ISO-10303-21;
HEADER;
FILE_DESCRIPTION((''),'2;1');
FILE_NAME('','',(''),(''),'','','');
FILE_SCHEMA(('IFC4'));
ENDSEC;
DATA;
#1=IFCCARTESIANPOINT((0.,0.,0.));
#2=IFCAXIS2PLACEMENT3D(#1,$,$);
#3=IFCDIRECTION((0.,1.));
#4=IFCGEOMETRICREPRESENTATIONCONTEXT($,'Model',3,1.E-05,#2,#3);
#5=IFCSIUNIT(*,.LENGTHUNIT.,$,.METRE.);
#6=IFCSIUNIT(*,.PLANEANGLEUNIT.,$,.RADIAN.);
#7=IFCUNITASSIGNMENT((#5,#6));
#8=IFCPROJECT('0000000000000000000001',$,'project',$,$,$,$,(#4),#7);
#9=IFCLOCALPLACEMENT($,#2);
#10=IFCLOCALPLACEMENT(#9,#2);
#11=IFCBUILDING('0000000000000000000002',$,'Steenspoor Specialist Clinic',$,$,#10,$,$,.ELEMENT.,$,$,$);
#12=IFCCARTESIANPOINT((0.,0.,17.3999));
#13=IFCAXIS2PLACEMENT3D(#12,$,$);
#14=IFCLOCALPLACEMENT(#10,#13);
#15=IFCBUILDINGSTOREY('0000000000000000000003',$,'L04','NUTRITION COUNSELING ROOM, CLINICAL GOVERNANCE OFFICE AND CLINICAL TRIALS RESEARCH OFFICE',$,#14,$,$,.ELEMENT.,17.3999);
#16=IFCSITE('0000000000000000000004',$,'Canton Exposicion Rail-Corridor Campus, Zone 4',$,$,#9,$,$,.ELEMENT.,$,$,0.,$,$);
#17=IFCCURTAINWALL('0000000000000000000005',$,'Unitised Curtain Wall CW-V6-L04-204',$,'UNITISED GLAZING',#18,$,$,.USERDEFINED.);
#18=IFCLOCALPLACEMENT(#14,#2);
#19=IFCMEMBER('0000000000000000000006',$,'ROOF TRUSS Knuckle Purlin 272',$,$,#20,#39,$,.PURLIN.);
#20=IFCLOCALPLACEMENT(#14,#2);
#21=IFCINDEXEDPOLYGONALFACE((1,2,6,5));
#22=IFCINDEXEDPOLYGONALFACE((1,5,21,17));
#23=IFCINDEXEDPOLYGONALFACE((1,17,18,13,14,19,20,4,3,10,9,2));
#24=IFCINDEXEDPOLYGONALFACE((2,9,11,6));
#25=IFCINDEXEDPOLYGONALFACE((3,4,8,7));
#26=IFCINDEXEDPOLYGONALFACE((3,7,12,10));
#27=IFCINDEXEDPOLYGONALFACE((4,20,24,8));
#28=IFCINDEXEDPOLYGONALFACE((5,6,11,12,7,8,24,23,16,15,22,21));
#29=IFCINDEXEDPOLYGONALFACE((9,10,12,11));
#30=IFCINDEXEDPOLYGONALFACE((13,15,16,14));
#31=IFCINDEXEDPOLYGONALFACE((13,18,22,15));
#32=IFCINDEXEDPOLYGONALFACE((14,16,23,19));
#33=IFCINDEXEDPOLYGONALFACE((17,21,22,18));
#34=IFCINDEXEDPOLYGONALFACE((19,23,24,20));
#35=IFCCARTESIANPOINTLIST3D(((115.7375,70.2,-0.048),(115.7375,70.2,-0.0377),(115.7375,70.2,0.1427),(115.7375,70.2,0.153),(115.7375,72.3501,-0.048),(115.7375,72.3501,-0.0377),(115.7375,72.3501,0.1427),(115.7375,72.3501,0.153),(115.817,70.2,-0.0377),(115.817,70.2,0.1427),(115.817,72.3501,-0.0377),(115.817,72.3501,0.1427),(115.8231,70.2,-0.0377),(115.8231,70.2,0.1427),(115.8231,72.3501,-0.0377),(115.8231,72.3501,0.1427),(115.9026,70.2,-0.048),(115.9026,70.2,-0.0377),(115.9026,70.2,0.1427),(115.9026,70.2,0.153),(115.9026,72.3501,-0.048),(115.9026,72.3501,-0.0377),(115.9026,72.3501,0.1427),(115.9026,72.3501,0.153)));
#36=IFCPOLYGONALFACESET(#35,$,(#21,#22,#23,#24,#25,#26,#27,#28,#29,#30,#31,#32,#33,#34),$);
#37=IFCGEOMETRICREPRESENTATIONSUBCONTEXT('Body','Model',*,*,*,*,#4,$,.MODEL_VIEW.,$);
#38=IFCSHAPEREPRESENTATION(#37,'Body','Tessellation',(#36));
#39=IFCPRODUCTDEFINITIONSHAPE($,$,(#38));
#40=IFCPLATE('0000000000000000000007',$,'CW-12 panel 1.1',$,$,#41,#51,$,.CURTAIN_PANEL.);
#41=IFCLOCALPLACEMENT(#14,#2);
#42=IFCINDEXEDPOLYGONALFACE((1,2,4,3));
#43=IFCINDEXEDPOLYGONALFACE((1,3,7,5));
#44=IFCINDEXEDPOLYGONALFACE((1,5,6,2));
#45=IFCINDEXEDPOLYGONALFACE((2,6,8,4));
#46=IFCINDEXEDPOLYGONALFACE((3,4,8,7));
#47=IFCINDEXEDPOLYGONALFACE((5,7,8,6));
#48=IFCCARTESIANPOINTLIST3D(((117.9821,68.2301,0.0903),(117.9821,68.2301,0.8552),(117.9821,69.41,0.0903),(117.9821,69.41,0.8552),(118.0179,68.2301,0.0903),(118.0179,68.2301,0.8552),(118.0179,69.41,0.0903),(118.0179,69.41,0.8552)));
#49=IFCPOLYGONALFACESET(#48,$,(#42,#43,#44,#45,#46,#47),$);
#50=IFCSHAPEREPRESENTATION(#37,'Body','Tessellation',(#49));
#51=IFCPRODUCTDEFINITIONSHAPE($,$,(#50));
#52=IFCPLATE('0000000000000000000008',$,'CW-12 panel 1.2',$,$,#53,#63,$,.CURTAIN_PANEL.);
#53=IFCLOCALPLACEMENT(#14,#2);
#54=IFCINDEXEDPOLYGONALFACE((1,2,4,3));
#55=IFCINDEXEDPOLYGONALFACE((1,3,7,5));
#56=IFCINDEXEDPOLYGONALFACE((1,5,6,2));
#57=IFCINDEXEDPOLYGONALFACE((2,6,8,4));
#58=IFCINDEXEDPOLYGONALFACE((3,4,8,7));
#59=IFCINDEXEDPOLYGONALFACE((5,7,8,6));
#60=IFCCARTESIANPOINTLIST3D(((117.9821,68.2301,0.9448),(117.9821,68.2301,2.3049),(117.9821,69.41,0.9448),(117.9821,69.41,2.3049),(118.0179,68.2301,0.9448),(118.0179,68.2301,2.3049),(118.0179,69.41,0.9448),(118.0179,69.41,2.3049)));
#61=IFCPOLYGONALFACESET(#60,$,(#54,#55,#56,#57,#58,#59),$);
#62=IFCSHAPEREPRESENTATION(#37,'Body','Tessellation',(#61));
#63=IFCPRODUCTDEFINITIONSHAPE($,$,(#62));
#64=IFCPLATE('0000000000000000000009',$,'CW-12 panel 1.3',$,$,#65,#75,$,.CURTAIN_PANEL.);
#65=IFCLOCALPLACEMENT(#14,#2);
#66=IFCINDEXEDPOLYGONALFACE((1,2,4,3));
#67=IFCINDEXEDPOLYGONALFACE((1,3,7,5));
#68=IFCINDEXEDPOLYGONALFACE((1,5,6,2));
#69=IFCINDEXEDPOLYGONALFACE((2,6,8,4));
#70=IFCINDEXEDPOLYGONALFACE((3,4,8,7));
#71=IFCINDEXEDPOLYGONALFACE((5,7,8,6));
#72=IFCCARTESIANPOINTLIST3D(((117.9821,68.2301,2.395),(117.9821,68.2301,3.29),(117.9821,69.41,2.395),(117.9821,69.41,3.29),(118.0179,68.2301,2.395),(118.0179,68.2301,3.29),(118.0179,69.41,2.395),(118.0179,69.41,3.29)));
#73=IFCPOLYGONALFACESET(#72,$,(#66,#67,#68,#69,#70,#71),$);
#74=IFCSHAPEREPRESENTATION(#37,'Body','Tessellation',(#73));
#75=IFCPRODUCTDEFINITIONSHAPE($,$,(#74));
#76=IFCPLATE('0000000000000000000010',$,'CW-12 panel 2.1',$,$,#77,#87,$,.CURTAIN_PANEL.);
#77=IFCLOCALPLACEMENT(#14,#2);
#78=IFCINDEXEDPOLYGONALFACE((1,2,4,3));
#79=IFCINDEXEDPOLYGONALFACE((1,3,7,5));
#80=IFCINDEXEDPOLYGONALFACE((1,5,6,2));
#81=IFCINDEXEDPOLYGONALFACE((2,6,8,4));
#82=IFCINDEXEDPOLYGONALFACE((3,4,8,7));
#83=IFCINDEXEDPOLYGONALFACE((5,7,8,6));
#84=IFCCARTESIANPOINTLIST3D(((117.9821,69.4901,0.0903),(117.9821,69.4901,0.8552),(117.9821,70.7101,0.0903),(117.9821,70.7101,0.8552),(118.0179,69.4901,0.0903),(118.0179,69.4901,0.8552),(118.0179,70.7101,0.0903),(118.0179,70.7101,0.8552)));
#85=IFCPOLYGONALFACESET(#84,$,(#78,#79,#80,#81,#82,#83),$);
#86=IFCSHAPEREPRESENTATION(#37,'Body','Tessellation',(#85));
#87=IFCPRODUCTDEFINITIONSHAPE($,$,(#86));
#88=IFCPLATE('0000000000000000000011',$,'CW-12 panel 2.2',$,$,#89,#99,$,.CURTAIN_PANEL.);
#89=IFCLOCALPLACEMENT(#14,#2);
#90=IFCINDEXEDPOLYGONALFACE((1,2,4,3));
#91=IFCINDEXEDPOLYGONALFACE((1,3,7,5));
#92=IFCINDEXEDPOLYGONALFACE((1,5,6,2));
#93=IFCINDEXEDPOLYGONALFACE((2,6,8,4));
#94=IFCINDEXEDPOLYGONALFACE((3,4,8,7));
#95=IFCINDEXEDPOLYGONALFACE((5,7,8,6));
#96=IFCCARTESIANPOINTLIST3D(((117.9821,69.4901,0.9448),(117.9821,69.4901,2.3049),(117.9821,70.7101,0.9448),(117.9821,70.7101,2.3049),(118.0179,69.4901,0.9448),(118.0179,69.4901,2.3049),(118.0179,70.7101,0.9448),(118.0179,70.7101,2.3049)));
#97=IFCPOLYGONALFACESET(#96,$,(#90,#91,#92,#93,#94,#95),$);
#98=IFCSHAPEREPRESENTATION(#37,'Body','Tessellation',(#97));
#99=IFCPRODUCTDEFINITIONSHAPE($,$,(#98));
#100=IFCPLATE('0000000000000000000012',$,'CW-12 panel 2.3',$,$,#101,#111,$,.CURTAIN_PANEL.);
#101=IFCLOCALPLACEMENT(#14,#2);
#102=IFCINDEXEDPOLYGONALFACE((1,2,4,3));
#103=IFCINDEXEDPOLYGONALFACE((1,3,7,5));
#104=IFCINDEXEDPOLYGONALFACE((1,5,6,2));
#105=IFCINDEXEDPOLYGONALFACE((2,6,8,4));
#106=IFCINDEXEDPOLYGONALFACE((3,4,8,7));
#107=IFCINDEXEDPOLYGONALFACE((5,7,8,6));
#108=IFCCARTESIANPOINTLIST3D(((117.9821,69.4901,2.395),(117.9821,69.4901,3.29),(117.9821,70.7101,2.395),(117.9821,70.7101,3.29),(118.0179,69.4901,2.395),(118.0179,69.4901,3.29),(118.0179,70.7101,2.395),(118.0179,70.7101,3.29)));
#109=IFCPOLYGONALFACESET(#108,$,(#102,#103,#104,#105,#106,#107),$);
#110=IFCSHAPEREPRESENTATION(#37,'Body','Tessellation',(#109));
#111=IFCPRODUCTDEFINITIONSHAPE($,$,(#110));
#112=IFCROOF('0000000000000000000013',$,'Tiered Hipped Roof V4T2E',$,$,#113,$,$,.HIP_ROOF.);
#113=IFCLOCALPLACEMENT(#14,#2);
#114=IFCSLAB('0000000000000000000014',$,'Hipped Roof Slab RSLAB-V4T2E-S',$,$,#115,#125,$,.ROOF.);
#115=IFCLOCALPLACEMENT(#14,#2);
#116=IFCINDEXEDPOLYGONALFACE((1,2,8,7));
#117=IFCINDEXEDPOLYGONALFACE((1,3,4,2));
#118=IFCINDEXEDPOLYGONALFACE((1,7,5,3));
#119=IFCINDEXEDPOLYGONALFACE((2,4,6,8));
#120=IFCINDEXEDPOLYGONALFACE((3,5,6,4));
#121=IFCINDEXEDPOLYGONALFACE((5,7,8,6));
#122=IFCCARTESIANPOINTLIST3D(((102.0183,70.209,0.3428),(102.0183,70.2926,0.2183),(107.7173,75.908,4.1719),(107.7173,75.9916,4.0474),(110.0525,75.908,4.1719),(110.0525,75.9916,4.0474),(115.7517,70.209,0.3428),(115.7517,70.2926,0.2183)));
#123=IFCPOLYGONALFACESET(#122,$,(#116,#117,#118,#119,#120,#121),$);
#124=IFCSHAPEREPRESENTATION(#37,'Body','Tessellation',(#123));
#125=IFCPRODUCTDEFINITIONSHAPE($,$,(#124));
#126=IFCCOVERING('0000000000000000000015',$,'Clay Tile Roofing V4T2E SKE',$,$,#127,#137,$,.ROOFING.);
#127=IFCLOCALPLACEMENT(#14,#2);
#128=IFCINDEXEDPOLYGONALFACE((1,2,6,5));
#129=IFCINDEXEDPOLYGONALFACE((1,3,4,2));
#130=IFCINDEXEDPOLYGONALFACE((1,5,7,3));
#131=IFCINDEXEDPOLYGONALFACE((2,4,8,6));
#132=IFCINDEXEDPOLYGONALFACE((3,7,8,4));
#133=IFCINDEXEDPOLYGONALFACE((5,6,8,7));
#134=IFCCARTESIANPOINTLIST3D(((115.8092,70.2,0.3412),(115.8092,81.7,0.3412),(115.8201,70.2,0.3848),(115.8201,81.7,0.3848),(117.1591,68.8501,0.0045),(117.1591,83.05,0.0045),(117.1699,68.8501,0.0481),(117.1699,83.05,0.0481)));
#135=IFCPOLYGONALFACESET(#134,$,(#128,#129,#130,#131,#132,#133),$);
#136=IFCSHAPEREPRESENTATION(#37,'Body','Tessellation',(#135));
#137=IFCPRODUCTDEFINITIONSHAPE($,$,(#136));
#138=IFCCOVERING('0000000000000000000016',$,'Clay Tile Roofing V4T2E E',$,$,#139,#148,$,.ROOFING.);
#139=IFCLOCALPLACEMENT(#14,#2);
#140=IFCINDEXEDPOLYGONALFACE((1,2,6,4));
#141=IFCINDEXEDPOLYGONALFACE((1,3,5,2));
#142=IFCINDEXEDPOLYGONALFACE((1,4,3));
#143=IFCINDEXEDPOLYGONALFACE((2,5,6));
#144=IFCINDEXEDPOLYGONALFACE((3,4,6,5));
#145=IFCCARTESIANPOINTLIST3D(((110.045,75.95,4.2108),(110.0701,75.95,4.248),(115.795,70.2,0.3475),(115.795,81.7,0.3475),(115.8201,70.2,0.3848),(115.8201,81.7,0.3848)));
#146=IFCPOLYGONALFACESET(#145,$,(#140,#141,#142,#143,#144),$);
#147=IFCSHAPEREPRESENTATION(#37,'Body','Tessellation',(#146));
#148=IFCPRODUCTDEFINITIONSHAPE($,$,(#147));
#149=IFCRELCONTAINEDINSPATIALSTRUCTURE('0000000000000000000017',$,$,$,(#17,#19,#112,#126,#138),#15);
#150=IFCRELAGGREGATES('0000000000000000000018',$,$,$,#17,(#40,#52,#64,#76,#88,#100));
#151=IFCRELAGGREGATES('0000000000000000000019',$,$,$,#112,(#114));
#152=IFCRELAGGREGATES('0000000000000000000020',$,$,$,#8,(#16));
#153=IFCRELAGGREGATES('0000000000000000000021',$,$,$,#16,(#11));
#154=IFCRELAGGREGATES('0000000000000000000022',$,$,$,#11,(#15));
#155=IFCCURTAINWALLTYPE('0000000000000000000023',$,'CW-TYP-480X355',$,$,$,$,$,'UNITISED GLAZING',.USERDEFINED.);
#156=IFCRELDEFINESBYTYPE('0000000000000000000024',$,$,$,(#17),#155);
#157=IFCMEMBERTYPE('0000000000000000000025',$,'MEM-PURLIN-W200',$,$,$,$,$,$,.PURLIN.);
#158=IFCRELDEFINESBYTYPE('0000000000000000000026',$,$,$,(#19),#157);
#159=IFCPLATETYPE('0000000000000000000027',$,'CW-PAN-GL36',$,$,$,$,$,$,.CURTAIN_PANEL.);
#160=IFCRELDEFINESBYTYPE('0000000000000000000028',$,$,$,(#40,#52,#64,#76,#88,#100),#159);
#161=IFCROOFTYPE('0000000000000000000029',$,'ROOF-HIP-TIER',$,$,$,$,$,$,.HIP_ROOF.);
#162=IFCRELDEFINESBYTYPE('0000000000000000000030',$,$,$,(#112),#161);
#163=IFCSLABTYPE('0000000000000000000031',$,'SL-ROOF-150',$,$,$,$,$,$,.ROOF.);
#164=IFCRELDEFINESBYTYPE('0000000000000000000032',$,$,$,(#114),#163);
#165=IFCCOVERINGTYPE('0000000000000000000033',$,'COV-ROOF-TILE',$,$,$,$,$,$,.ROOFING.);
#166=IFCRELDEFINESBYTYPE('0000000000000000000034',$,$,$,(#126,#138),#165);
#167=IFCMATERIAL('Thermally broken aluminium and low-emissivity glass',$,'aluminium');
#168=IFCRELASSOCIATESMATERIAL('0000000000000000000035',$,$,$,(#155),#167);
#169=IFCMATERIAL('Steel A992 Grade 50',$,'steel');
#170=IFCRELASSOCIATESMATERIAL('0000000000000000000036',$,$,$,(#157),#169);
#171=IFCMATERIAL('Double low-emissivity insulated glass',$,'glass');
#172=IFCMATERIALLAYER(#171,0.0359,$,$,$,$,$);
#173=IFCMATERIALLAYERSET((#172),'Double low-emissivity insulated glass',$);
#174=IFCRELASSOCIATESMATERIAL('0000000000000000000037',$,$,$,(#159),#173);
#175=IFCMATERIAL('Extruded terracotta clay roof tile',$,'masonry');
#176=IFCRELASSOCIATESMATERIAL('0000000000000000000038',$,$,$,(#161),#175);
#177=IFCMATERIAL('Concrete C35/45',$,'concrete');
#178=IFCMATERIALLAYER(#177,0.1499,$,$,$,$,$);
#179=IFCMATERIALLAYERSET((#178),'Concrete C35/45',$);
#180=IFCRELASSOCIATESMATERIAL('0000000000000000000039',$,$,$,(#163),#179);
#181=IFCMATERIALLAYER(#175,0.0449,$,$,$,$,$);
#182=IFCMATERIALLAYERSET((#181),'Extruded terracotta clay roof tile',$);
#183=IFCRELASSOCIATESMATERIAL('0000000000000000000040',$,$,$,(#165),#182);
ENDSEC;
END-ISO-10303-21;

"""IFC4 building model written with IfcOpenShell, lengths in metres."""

from ifc_helpers import new_model, si_unit, direction, frame, origin, origin_2d, place, context, subcontext, project, spatial, polyline, rectangle, i_section, outline, extrude, material, layer, layer_set, material_profile, profile_set, type_object, element, aggregate, save


model = new_model("IFC4")

# Units and contexts
model_context = context("Model", 3, precision=1e-05, world=origin(), true_north=direction((0.0, 1.0)))
body_context = subcontext(model_context, "Body", "Model", "MODEL_VIEW")
ifc_project = project(units=[si_unit("LENGTHUNIT", "METRE"), si_unit("PLANEANGLEUNIT", "RADIAN")], contexts=[model_context])

# Site, building, storey
site_placement = place(None, origin())
site = spatial("IfcSite", under=ifc_project, at=site_placement, Name="Canton Exposicion Rail-Corridor Campus, Zone 4", CompositionType="ELEMENT", RefElevation=0.0)
building_placement = place(site_placement, origin())
building = spatial("IfcBuilding", under=site, at=building_placement, Name="Steenspoor Specialist Clinic", CompositionType="ELEMENT")
storey_placement = place(building_placement, frame((0.0, 0.0, 17.3999)))
storey = spatial("IfcBuildingStorey", under=building, at=storey_placement, Name="L04", Description="NUTRITION COUNSELING ROOM, CLINICAL GOVERNANCE OFFICE AND CLINICAL TRIALS RESEARCH OFFICE", CompositionType="ELEMENT", Elevation=17.3999)

# Curtain wall
ifc_material_1 = material(Name="Thermally broken aluminium and low-emissivity glass", Category="aluminium")
curtain_wall_type = type_object("IfcCurtainWallType", Name="CW-TYP-480X355", ElementType="UNITISED GLAZING", PredefinedType="USERDEFINED", material=ifc_material_1)
curtain_wall_placement = place(storey_placement, origin())
curtain_wall = element("IfcCurtainWall", 1, at=curtain_wall_placement, inside=storey, type_object=curtain_wall_type, Name="Unitised Curtain Wall CW-V6-L04-204", ObjectType="UNITISED GLAZING", PredefinedType="USERDEFINED")

# Member
ifc_material_2 = material(Name="Steel A992 Grade 50", Category="steel")
ifc_material_profile_1 = material_profile(ifc_material_2, i_section(OverallWidth=0.165, OverallDepth=0.2009, WebThickness=0.0061, FlangeThickness=0.0103, at=origin_2d()), Name="W200X36")
ifc_profile_set_1 = profile_set([ifc_material_profile_1], Name="Steel A992 Grade 50")
member_type_1 = type_object("IfcMemberType", Name="MEM-PURLIN-W200", PredefinedType="PURLIN", material=ifc_profile_set_1)
member_1_placement = place(storey_placement, frame((115.8201, 70.2, 0.0525), z_axis=(0.0, 1.0, 0.0), x_axis=(-1.0, 0.0, 0.0)))
element("IfcMember", 2, at=member_1_placement, inside=storey, type_object=member_type_1, Name="ROOF TRUSS Knuckle Purlin 272", PredefinedType="PURLIN", context=body_context, shape_type="SweptSolid", body=[
    extrude(i_section(OverallWidth=0.165, OverallDepth=0.2009, WebThickness=0.0061, FlangeThickness=0.0103, at=origin_2d()), origin(), (0.0, 0.0, 1.0), 2.1501),
])

# Plates
ifc_material_3 = material(Name="Double low-emissivity insulated glass", Category="glass")
ifc_layer_1 = layer(ifc_material_3, 0.0359)
ifc_layer_set_1 = layer_set([ifc_layer_1], Name="Double low-emissivity insulated glass")
plate_type = type_object("IfcPlateType", Name="CW-PAN-GL36", PredefinedType="CURTAIN_PANEL", material=ifc_layer_set_1)
plate_1_placement = place(storey_placement, frame((118.0, 68.8201, 0.0903), z_axis=(0.0, 0.0, 1.0), x_axis=(0.0, 1.0, 0.0)))
plate_1 = element("IfcPlate", 3, at=plate_1_placement, type_object=plate_type, Name="CW-12 panel 1.1", PredefinedType="CURTAIN_PANEL", context=body_context, shape_type="SweptSolid", body=[
    extrude(rectangle(XDim=1.1799, YDim=0.0359, at=origin_2d()), origin(), (0.0, 0.0, 1.0), 0.7649),
])
plate_2_placement = place(storey_placement, frame((118.0, 68.8201, 0.9448), z_axis=(0.0, 0.0, 1.0), x_axis=(0.0, 1.0, 0.0)))
plate_2 = element("IfcPlate", 4, at=plate_2_placement, type_object=plate_type, Name="CW-12 panel 1.2", PredefinedType="CURTAIN_PANEL", context=body_context, shape_type="SweptSolid", body=[
    extrude(rectangle(XDim=1.1799, YDim=0.0359, at=origin_2d()), origin(), (0.0, 0.0, 1.0), 1.3601),
])
plate_3_placement = place(storey_placement, frame((118.0, 68.8201, 2.395), z_axis=(0.0, 0.0, 1.0), x_axis=(0.0, 1.0, 0.0)))
plate_3 = element("IfcPlate", 5, at=plate_3_placement, type_object=plate_type, Name="CW-12 panel 1.3", PredefinedType="CURTAIN_PANEL", context=body_context, shape_type="SweptSolid", body=[
    extrude(rectangle(XDim=1.1799, YDim=0.0359, at=origin_2d()), origin(), (0.0, 0.0, 1.0), 0.895),
])
plate_4_placement = place(storey_placement, frame((118.0, 70.1001, 0.0903), z_axis=(0.0, 0.0, 1.0), x_axis=(0.0, 1.0, 0.0)))
plate_4 = element("IfcPlate", 6, at=plate_4_placement, type_object=plate_type, Name="CW-12 panel 2.1", PredefinedType="CURTAIN_PANEL", context=body_context, shape_type="SweptSolid", body=[
    extrude(rectangle(XDim=1.22, YDim=0.0359, at=origin_2d()), origin(), (0.0, 0.0, 1.0), 0.7649),
])
plate_5_placement = place(storey_placement, frame((118.0, 70.1001, 0.9448), z_axis=(0.0, 0.0, 1.0), x_axis=(0.0, 1.0, 0.0)))
plate_5 = element("IfcPlate", 7, at=plate_5_placement, type_object=plate_type, Name="CW-12 panel 2.2", PredefinedType="CURTAIN_PANEL", context=body_context, shape_type="SweptSolid", body=[
    extrude(rectangle(XDim=1.22, YDim=0.0359, at=origin_2d()), origin(), (0.0, 0.0, 1.0), 1.3601),
])
plate_6_placement = place(storey_placement, frame((118.0, 70.1001, 2.395), z_axis=(0.0, 0.0, 1.0), x_axis=(0.0, 1.0, 0.0)))
plate_6 = element("IfcPlate", 8, at=plate_6_placement, type_object=plate_type, Name="CW-12 panel 2.3", PredefinedType="CURTAIN_PANEL", context=body_context, shape_type="SweptSolid", body=[
    extrude(rectangle(XDim=1.22, YDim=0.0359, at=origin_2d()), origin(), (0.0, 0.0, 1.0), 0.895),
])
aggregate(curtain_wall, [plate_1, plate_2, plate_3, plate_4, plate_5, plate_6])

# Roof, slab
ifc_material_4 = material(Name="Extruded terracotta clay roof tile", Category="masonry")
roof_type = type_object("IfcRoofType", Name="ROOF-HIP-TIER", PredefinedType="HIP_ROOF", material=ifc_material_4)
roof_placement = place(storey_placement, origin())
roof = element("IfcRoof", 9, at=roof_placement, inside=storey, type_object=roof_type, Name="Tiered Hipped Roof V4T2E", PredefinedType="HIP_ROOF")
ifc_material_5 = material(Name="Concrete C35/45", Category="concrete")
ifc_layer_2 = layer(ifc_material_5, 0.1499)
ifc_layer_set_2 = layer_set([ifc_layer_2], Name="Concrete C35/45")
slab_type = type_object("IfcSlabType", Name="SL-ROOF-150", PredefinedType="ROOF", material=ifc_layer_set_2)
slab_1_placement = place(storey_placement, frame((115.7517, 70.209, 0.3428), z_axis=(0.0, -0.5577, 0.830043), x_axis=(-0.638705, 0.638678, 0.429123)))
slab_1 = element("IfcSlab", 10, at=slab_1_placement, type_object=slab_type, Name="Hipped Roof Slab RSLAB-V4T2E-S", PredefinedType="ROOF", context=body_context, shape_type="SweptSolid", body=[
    extrude(outline(polyline([(0.0, 0.0), (8.9231, 0.0), (10.4146, 1.7968), (8.7716, 10.5672), (0.0, 0.0)])), origin(), (0.0, 0.0, -1.0), 0.1499),
])
aggregate(roof, [slab_1])

# Coverings
ifc_layer_3 = layer(ifc_material_4, 0.0449)
ifc_layer_set_3 = layer_set([ifc_layer_3], Name="Extruded terracotta clay roof tile")
covering_type = type_object("IfcCoveringType", Name="COV-ROOF-TILE", PredefinedType="ROOFING", material=ifc_layer_set_3)
covering_1_placement = place(storey_placement, frame((117.1699, 68.8501, 0.0481), z_axis=(0.241999, 0.0, 0.970277), x_axis=(0.0, 1.0, 0.0)))
element("IfcCovering", 11, at=covering_1_placement, inside=storey, type_object=covering_type, Name="Clay Tile Roofing V4T2E SKE", PredefinedType="ROOFING", context=body_context, shape_type="SweptSolid", body=[
    extrude(outline(polyline([(0.0, 0.0), (14.2, 0.0), (12.8499, 1.3912), (1.3499, 1.3912), (0.0, 0.0)])), origin(), (0.0, 0.0, -1.0), 0.0449),
])
covering_2_placement = place(storey_placement, frame((115.8201, 70.2, 0.3848), z_axis=(0.55769, 0.0, 0.83005), x_axis=(0.0, 1.0, 0.0)))
element("IfcCovering", 12, at=covering_2_placement, inside=storey, type_object=covering_type, Name="Clay Tile Roofing V4T2E E", PredefinedType="ROOFING", context=body_context, shape_type="SweptSolid", body=[
    extrude(outline(polyline([(0.0, 0.0), (11.5, 0.0), (5.75, 6.9273), (0.0, 0.0)])), origin(), (0.0, 0.0, -1.0), 0.0449),
])

save(model, "model.ifc")
